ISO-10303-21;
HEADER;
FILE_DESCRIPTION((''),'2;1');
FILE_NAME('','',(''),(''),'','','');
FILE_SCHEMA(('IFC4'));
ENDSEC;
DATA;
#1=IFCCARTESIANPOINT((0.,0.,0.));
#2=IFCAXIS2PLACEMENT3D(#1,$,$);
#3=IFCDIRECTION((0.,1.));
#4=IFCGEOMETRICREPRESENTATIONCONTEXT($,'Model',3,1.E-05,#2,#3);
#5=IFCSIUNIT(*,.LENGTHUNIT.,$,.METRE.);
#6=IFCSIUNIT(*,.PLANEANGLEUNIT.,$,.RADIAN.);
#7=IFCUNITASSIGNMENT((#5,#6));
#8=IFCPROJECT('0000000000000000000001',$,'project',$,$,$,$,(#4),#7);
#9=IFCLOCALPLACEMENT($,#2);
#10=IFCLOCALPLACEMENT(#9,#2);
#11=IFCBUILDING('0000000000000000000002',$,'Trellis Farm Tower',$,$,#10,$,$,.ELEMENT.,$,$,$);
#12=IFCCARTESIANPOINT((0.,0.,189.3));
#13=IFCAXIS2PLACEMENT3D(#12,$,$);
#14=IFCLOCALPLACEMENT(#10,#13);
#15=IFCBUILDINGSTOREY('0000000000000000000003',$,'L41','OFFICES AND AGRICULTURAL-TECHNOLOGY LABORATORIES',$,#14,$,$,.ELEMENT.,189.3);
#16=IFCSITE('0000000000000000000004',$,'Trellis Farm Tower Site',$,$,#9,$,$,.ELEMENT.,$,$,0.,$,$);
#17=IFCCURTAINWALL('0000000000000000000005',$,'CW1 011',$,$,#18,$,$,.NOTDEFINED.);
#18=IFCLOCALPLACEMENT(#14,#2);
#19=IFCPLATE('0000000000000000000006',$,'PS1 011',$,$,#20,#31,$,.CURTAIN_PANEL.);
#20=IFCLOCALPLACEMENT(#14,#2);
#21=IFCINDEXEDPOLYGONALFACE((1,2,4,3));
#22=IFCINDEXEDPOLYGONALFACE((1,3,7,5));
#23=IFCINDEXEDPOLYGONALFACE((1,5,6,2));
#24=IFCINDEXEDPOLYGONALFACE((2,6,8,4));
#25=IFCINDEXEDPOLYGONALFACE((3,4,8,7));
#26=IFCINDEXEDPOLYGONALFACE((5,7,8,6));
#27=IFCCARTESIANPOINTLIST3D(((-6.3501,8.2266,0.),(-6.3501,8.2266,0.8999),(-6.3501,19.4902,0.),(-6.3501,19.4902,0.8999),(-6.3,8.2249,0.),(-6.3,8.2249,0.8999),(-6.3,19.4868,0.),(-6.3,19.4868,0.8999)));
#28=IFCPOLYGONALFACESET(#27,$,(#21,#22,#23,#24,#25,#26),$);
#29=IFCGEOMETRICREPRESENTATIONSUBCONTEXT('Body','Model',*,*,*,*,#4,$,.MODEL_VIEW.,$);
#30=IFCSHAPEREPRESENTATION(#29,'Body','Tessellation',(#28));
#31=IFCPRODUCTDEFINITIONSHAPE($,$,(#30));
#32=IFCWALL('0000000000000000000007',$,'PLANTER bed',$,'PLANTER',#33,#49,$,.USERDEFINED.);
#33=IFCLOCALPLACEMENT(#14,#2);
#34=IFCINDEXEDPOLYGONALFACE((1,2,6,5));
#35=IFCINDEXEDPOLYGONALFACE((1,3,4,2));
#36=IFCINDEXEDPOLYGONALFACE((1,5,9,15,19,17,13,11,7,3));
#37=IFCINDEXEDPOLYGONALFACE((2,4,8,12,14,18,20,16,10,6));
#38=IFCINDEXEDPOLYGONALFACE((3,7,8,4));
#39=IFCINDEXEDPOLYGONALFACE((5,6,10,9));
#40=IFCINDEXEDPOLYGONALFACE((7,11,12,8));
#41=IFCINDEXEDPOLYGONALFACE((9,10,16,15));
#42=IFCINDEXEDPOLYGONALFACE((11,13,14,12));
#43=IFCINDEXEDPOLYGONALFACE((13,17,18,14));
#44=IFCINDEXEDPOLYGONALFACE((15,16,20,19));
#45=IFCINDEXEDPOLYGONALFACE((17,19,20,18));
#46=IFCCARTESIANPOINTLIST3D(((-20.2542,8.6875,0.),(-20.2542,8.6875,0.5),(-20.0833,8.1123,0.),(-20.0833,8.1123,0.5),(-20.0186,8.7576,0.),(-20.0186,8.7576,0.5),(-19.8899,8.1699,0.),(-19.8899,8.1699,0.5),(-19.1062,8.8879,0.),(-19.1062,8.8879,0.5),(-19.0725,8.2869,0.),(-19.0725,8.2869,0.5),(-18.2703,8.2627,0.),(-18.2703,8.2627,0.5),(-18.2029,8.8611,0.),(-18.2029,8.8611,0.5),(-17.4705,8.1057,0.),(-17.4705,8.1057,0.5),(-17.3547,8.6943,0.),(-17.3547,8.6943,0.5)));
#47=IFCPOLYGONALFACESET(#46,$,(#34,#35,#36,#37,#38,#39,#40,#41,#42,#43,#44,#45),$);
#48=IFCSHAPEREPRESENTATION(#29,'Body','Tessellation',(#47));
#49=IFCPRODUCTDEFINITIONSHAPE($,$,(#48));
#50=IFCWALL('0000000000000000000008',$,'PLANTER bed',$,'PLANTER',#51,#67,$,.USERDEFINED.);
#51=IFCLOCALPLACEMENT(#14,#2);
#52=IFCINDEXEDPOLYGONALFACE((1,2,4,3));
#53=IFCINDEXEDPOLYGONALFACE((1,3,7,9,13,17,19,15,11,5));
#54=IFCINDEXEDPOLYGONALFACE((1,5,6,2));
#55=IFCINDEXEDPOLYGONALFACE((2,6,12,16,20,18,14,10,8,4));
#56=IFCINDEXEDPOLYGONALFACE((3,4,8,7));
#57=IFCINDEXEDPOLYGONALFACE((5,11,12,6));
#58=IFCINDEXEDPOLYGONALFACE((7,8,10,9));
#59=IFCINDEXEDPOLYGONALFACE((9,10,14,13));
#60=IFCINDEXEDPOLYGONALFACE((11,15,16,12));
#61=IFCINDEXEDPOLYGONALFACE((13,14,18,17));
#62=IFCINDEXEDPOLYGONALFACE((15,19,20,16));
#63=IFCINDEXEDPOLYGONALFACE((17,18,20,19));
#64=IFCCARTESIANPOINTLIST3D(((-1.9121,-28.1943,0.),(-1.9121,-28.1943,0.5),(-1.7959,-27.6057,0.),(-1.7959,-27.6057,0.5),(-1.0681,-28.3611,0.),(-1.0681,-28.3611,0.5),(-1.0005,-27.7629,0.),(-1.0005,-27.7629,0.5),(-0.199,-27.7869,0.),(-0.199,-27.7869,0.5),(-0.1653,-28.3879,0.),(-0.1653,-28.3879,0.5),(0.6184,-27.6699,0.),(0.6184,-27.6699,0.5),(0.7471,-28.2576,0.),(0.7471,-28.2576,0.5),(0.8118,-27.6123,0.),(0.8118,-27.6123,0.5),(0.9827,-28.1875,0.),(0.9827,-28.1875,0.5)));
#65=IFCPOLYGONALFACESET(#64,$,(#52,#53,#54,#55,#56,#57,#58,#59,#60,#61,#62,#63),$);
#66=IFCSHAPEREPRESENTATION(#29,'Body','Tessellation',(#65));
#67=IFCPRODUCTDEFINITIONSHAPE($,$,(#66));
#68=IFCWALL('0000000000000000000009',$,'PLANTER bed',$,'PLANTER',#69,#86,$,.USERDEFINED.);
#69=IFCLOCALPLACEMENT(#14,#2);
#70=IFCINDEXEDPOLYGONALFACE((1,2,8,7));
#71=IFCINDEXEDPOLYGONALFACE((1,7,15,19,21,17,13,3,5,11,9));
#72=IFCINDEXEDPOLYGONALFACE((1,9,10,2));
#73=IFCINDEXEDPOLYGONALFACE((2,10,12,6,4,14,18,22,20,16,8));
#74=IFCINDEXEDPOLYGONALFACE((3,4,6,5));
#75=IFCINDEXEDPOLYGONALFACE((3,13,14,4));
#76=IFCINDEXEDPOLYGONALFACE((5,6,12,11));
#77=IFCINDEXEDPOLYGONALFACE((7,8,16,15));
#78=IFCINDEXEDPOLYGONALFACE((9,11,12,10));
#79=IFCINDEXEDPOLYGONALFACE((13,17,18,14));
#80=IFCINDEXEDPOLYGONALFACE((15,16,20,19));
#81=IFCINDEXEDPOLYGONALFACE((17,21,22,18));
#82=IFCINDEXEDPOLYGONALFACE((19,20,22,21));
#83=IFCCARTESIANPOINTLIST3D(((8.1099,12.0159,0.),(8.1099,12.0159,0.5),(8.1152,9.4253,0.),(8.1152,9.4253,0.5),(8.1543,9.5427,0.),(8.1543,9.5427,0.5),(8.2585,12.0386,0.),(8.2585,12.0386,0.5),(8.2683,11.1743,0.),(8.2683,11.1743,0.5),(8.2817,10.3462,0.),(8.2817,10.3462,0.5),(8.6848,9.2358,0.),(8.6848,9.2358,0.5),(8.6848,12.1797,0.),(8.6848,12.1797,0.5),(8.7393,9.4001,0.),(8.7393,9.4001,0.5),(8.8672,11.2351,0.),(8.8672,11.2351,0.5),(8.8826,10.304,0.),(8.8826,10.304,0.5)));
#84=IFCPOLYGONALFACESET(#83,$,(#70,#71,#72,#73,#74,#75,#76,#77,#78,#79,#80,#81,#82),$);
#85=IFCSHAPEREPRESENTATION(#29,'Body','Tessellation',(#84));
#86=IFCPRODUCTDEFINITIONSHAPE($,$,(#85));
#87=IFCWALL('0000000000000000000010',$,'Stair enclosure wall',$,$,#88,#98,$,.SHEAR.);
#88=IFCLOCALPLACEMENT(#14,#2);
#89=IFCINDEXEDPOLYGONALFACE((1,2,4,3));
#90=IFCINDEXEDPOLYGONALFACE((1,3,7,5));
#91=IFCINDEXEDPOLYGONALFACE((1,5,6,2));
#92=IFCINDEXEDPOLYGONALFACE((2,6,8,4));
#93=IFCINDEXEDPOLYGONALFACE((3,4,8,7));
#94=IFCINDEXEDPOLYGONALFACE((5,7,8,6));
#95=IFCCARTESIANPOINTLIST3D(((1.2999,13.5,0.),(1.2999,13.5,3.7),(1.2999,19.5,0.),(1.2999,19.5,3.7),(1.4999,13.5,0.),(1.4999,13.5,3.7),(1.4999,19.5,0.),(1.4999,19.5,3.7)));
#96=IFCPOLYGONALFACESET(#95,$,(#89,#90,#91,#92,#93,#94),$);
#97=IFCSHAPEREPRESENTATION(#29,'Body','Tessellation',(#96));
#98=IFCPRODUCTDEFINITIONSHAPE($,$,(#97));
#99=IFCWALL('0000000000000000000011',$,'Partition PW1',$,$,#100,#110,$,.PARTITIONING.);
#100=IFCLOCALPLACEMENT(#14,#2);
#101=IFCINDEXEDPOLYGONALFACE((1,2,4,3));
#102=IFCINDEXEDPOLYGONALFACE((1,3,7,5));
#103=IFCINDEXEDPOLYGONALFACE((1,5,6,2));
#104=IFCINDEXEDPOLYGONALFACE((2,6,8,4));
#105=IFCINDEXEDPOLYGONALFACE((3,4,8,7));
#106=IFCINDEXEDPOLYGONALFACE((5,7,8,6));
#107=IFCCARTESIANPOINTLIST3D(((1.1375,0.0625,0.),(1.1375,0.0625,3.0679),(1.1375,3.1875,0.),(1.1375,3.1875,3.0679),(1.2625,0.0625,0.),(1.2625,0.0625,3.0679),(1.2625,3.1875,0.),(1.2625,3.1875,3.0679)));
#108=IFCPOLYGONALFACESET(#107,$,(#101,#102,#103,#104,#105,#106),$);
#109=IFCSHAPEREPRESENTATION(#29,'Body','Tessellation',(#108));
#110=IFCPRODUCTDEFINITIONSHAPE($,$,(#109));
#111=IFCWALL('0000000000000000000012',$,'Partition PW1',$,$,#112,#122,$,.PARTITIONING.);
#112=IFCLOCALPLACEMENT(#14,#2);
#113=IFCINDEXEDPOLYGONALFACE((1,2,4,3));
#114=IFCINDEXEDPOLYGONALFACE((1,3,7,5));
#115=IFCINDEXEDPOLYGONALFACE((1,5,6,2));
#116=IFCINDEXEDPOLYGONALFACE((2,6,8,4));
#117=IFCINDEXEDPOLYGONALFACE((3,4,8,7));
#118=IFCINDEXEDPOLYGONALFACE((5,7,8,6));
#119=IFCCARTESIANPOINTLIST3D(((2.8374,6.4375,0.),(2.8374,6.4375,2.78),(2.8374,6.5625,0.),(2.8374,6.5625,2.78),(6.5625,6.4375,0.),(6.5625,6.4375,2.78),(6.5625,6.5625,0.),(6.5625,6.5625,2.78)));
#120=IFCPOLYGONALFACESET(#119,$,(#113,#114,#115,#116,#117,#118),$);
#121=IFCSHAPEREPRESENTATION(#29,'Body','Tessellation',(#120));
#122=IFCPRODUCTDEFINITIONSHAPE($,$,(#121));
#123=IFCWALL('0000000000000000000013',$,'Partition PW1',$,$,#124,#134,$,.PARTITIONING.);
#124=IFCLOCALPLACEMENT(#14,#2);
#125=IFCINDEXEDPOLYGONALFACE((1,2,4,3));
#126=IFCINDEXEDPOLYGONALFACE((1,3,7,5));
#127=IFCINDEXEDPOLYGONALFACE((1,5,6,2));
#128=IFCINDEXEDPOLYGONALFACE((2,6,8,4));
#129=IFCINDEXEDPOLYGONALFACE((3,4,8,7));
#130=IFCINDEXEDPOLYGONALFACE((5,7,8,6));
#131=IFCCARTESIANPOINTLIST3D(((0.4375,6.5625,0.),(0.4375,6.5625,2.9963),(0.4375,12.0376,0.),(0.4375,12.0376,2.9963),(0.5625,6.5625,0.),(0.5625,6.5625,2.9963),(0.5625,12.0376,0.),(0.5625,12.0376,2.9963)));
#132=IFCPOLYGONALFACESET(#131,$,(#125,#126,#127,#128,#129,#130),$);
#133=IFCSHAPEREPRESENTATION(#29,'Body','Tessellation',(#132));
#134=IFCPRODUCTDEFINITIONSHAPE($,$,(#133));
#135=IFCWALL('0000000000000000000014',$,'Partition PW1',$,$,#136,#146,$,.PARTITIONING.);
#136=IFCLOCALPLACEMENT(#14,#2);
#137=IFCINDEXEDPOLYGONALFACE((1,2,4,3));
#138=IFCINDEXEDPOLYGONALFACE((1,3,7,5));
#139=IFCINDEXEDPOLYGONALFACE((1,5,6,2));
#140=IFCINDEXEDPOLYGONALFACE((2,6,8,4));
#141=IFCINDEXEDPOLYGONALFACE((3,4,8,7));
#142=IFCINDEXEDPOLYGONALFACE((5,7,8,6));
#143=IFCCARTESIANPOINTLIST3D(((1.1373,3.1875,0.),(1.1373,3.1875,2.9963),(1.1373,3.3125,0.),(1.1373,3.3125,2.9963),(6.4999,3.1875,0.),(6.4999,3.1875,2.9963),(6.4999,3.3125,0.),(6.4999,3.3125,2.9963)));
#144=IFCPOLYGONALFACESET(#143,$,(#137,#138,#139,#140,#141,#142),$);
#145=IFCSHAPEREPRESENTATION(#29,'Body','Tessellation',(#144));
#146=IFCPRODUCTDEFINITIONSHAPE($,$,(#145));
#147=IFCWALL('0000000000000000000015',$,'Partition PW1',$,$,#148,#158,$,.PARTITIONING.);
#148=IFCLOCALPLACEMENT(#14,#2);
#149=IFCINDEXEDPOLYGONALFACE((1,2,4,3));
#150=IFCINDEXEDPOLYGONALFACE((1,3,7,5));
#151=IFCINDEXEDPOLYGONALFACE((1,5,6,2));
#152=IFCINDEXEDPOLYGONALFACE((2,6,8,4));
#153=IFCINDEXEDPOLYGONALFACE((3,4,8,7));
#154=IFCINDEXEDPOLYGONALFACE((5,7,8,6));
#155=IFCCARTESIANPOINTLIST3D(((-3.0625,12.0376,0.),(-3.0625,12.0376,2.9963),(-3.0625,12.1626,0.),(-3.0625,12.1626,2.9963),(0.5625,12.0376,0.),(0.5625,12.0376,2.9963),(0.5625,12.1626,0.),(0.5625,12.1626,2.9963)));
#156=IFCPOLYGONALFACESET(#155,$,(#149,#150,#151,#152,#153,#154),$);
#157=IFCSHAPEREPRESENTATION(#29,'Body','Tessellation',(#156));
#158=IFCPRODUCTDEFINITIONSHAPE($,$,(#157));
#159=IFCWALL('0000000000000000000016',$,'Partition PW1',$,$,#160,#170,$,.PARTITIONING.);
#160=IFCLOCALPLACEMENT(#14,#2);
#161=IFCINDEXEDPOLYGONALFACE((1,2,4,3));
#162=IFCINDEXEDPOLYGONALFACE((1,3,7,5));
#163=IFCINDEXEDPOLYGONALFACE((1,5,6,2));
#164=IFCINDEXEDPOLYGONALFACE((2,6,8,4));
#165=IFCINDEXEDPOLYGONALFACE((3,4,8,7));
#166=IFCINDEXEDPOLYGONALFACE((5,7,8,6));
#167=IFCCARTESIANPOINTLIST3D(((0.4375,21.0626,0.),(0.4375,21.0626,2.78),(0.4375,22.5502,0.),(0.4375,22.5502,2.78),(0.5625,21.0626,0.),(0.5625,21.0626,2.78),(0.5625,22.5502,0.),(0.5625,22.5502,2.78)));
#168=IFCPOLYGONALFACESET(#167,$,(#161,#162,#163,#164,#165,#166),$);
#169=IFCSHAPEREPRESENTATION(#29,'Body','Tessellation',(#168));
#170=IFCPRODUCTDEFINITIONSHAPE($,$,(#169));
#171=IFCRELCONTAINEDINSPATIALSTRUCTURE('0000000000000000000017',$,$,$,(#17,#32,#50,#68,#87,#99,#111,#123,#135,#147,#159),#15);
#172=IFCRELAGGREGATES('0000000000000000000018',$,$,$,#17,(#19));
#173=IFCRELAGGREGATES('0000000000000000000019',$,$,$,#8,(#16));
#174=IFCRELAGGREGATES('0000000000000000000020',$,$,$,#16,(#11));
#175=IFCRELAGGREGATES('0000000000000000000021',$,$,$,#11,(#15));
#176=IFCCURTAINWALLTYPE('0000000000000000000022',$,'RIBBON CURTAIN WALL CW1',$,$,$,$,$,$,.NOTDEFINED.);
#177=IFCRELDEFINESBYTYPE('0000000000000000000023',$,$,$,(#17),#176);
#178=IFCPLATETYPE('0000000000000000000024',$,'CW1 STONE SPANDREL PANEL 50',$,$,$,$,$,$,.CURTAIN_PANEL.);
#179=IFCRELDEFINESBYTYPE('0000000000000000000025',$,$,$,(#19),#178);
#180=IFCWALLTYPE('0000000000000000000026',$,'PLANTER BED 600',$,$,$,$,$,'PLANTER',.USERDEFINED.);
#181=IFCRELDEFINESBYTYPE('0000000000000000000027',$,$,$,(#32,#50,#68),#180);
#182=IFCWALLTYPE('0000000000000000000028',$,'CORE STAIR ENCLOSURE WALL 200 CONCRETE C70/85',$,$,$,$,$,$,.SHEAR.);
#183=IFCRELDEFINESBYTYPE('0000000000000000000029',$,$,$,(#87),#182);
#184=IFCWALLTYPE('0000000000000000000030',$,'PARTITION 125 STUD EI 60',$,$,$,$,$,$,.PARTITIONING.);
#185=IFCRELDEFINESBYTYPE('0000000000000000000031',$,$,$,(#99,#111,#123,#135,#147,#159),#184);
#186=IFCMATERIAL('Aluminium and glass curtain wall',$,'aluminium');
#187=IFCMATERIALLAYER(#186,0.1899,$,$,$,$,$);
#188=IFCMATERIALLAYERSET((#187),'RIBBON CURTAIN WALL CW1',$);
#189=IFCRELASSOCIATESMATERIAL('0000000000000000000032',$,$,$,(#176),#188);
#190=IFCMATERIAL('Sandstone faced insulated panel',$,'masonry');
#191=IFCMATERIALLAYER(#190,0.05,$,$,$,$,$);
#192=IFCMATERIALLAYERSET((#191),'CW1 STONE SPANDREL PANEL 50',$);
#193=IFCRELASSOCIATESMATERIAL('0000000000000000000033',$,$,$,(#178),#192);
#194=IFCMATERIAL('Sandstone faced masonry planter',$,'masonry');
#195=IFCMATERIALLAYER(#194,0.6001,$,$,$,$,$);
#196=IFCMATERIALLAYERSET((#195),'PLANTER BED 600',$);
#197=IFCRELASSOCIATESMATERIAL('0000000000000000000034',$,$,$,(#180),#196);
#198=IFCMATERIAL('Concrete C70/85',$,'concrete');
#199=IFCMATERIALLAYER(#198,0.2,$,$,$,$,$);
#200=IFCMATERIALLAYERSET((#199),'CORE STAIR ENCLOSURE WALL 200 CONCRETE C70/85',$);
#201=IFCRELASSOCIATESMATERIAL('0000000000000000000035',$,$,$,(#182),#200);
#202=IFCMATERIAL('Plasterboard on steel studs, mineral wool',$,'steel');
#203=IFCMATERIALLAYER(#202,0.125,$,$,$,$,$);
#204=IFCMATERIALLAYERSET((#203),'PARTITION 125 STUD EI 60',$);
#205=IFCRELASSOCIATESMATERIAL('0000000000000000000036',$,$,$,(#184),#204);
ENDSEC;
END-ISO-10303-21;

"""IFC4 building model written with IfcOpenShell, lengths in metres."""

from ifc_helpers import new_model, si_unit, direction, frame, frame_2d, origin, place, context, subcontext, project, spatial, polyline, rectangle, outline, extrude, source, transform, mapped, material, layer, layer_set, type_object, element, aggregate, save


model = new_model("IFC4")

# Units and contexts
model_context = context("Model", 3, precision=1e-05, world=origin(), true_north=direction((0.0, 1.0)))
body_context = subcontext(model_context, "Body", "Model", "MODEL_VIEW")
ifc_project = project(units=[si_unit("LENGTHUNIT", "METRE"), si_unit("PLANEANGLEUNIT", "RADIAN")], contexts=[model_context])

# Site, building, storey
site_placement = place(None, origin())
site = spatial("IfcSite", under=ifc_project, at=site_placement, Name="Trellis Farm Tower Site", CompositionType="ELEMENT", RefElevation=0.0)
building_placement = place(site_placement, origin())
building = spatial("IfcBuilding", under=site, at=building_placement, Name="Trellis Farm Tower", CompositionType="ELEMENT")
storey_placement = place(building_placement, frame((0.0, 0.0, 189.3)))
storey = spatial("IfcBuildingStorey", under=building, at=storey_placement, Name="L41", Description="OFFICES AND AGRICULTURAL-TECHNOLOGY LABORATORIES", CompositionType="ELEMENT", Elevation=189.3)

# Shared definitions
ifc_material_1 = material(Name="Aluminium and glass curtain wall", Category="aluminium")
placement_1 = place(storey_placement, origin())
ifc_layer_1 = layer(ifc_material_1, 0.1899)
ifc_layer_set_1 = layer_set([ifc_layer_1], Name="RIBBON CURTAIN WALL CW1")
curtain_wall_type_1 = type_object("IfcCurtainWallType", Name="RIBBON CURTAIN WALL CW1", PredefinedType="NOTDEFINED", material=ifc_layer_set_1)

# Curtain wall
curtain_wall_1 = element("IfcCurtainWall", 1, at=placement_1, inside=storey, type_object=curtain_wall_type_1, Name="CW1 011", PredefinedType="NOTDEFINED")

# Plate
ifc_material_2 = material(Name="Sandstone faced insulated panel", Category="masonry")
ifc_layer_2 = layer(ifc_material_2, 0.05)
ifc_layer_set_2 = layer_set([ifc_layer_2], Name="CW1 STONE SPANDREL PANEL 50")
plate_type_1 = type_object("IfcPlateType", Name="CW1 STONE SPANDREL PANEL 50", PredefinedType="CURTAIN_PANEL", material=ifc_layer_set_2)
shared_shape_1 = source(origin(), body_context, "Body", "SweptSolid", [
    extrude(outline(polyline([(-6.3501, 19.4902), (-6.3501, 8.2266), (-6.3, 8.2249), (-6.3, 19.4868), (-6.3501, 19.4902)])), origin(), (0.0, 0.0, 1.0), 0.8999),
])
plate_1 = element("IfcPlate", 2, at=placement_1, type_object=plate_type_1, Name="PS1 011", PredefinedType="CURTAIN_PANEL", context=body_context, shape_type="MappedRepresentation", body=[
    mapped(shared_shape_1, transform((0.0, 0.0, 0.0))),
])
aggregate(curtain_wall_1, [plate_1])

# Walls
ifc_material_3 = material(Name="Sandstone faced masonry planter", Category="masonry")
ifc_layer_3 = layer(ifc_material_3, 0.6001)
ifc_layer_set_3 = layer_set([ifc_layer_3], Name="PLANTER BED 600")
wall_type_1 = type_object("IfcWallType", Name="PLANTER BED 600", ElementType="PLANTER", PredefinedType="USERDEFINED", material=ifc_layer_set_3)
element("IfcWall", 3, at=placement_1, inside=storey, type_object=wall_type_1, Name="PLANTER bed", ObjectType="PLANTER", PredefinedType="USERDEFINED", context=body_context, shape_type="SweptSolid", body=[
    extrude(outline(polyline([(-20.0186, 8.7576), (-19.1062, 8.8879), (-18.2029, 8.8611), (-17.3547, 8.6943), (-17.4705, 8.1057), (-18.2703, 8.2627), (-19.0725, 8.2869), (-19.8899, 8.1699), (-20.0833, 8.1123), (-20.2542, 8.6875), (-20.0186, 8.7576)])), origin(), (0.0, 0.0, 1.0), 0.5),
])
element("IfcWall", 4, at=placement_1, inside=storey, type_object=wall_type_1, Name="PLANTER bed", ObjectType="PLANTER", PredefinedType="USERDEFINED", context=body_context, shape_type="SweptSolid", body=[
    extrude(outline(polyline([(-0.1653, -28.3879), (-1.0681, -28.3611), (-1.9121, -28.1943), (-1.7959, -27.6057), (-1.0005, -27.7629), (-0.199, -27.7869), (0.6184, -27.6699), (0.8118, -27.6123), (0.9827, -28.1875), (0.7471, -28.2576), (-0.1653, -28.3879)])), origin(), (0.0, 0.0, 1.0), 0.5),
])
element("IfcWall", 5, at=placement_1, inside=storey, type_object=wall_type_1, Name="PLANTER bed", ObjectType="PLANTER", PredefinedType="USERDEFINED", context=body_context, shape_type="SweptSolid", body=[
    extrude(outline(polyline([(8.6848, 12.1797), (8.8672, 11.2351), (8.8826, 10.304), (8.7393, 9.4001), (8.6848, 9.2358), (8.1152, 9.4253), (8.1543, 9.5427), (8.2817, 10.3462), (8.2683, 11.1743), (8.1099, 12.0159), (8.2585, 12.0386), (8.6848, 12.1797)])), origin(), (0.0, 0.0, 1.0), 0.5),
])
ifc_material_4 = material(Name="Concrete C70/85", Category="concrete")
ifc_layer_4 = layer(ifc_material_4, 0.2)
ifc_layer_set_4 = layer_set([ifc_layer_4], Name="CORE STAIR ENCLOSURE WALL 200 CONCRETE C70/85")
wall_type_2 = type_object("IfcWallType", Name="CORE STAIR ENCLOSURE WALL 200 CONCRETE C70/85", PredefinedType="SHEAR", material=ifc_layer_set_4)
shared_shape_2 = source(origin(), body_context, "Body", "SweptSolid", [
    extrude(rectangle(XDim=6.0, YDim=0.2, at=frame_2d((3.0, 0.0))), origin(), (0.0, 0.0, 1.0), 3.7),
])
wall_1_placement = place(storey_placement, frame((1.3999, 13.5, 0.0), z_axis=(0.0, 0.0, 1.0), x_axis=(0.0, 1.0, 0.0)))
element("IfcWall", 6, at=wall_1_placement, inside=storey, type_object=wall_type_2, Name="Stair enclosure wall", PredefinedType="SHEAR", context=body_context, shape_type="MappedRepresentation", body=[
    mapped(shared_shape_2, transform((0.0, 0.0, 0.0))),
])
ifc_material_5 = material(Name="Plasterboard on steel studs, mineral wool", Category="steel")
ifc_layer_5 = layer(ifc_material_5, 0.125)
ifc_layer_set_5 = layer_set([ifc_layer_5], Name="PARTITION 125 STUD EI 60")
wall_type_3 = type_object("IfcWallType", Name="PARTITION 125 STUD EI 60", PredefinedType="PARTITIONING", material=ifc_layer_set_5)
shared_shape_3 = source(origin(), body_context, "Body", "SweptSolid", [
    extrude(rectangle(XDim=3.125, YDim=0.125, at=frame_2d((1.5625, 0.0))), origin(), (0.0, 0.0, 1.0), 3.0679),
])
wall_2_placement = place(storey_placement, frame((1.2, 3.1875, 0.0), z_axis=(0.0, 0.0, 1.0), x_axis=(0.0, -1.0, 0.0)))
element("IfcWall", 7, at=wall_2_placement, inside=storey, type_object=wall_type_3, Name="Partition PW1", PredefinedType="PARTITIONING", context=body_context, shape_type="MappedRepresentation", body=[
    mapped(shared_shape_3, transform((0.0, 0.0, 0.0))),
])
shared_shape_4 = source(origin(), body_context, "Body", "SweptSolid", [
    extrude(rectangle(XDim=3.7251, YDim=0.125, at=frame_2d((1.8625, 0.0))), origin(), (0.0, 0.0, 1.0), 2.78),
])
wall_3_placement = place(storey_placement, frame((2.8374, 6.5, 0.0), z_axis=(0.0, 0.0, 1.0), x_axis=(1.0, 0.0, 0.0)))
element("IfcWall", 8, at=wall_3_placement, inside=storey, type_object=wall_type_3, Name="Partition PW1", PredefinedType="PARTITIONING", context=body_context, shape_type="MappedRepresentation", body=[
    mapped(shared_shape_4, transform((0.0, 0.0, 0.0))),
])
shared_shape_5 = source(origin(), body_context, "Body", "SweptSolid", [
    extrude(rectangle(XDim=5.4751, YDim=0.125, at=frame_2d((2.7375, 0.0))), origin(), (0.0, 0.0, 1.0), 2.9963),
])
wall_4_placement = place(storey_placement, frame((0.5, 12.0376, 0.0), z_axis=(0.0, 0.0, 1.0), x_axis=(0.0, -1.0, 0.0)))
element("IfcWall", 9, at=wall_4_placement, inside=storey, type_object=wall_type_3, Name="Partition PW1", PredefinedType="PARTITIONING", context=body_context, shape_type="MappedRepresentation", body=[
    mapped(shared_shape_5, transform((0.0, 0.0, 0.0))),
])
shared_shape_6 = source(origin(), body_context, "Body", "SweptSolid", [
    extrude(rectangle(XDim=5.3625, YDim=0.125, at=frame_2d((2.6812, 0.0))), origin(), (0.0, 0.0, 1.0), 2.9963),
])
wall_5_placement = place(storey_placement, frame((1.1375, 3.25, 0.0), z_axis=(0.0, 0.0, 1.0), x_axis=(1.0, 0.0, 0.0)))
element("IfcWall", 10, at=wall_5_placement, inside=storey, type_object=wall_type_3, Name="Partition PW1", PredefinedType="PARTITIONING", context=body_context, shape_type="MappedRepresentation", body=[
    mapped(shared_shape_6, transform((0.0, 0.0, 0.0))),
])
shared_shape_7 = source(origin(), body_context, "Body", "SweptSolid", [
    extrude(rectangle(XDim=3.625, YDim=0.125, at=frame_2d((1.8125, 0.0))), origin(), (0.0, 0.0, 1.0), 2.9963),
])
wall_6_placement = place(storey_placement, frame((0.5625, 12.1001, 0.0), z_axis=(0.0, 0.0, 1.0), x_axis=(-1.0, 0.0, 0.0)))
element("IfcWall", 11, at=wall_6_placement, inside=storey, type_object=wall_type_3, Name="Partition PW1", PredefinedType="PARTITIONING", context=body_context, shape_type="MappedRepresentation", body=[
    mapped(shared_shape_7, transform((0.0, 0.0, 0.0))),
])
shared_shape_8 = source(origin(), body_context, "Body", "SweptSolid", [
    extrude(rectangle(XDim=1.4875, YDim=0.125, at=frame_2d((0.7437, 0.0))), origin(), (0.0, 0.0, 1.0), 2.78),
])
wall_7_placement = place(storey_placement, frame((0.5, 22.55, 0.0), z_axis=(0.0, 0.0, 1.0), x_axis=(0.0, -1.0, 0.0)))
element("IfcWall", 12, at=wall_7_placement, inside=storey, type_object=wall_type_3, Name="Partition PW1", PredefinedType="PARTITIONING", context=body_context, shape_type="MappedRepresentation", body=[
    mapped(shared_shape_8, transform((0.0, 0.0, 0.0))),
])

save(model, "model.ifc")
